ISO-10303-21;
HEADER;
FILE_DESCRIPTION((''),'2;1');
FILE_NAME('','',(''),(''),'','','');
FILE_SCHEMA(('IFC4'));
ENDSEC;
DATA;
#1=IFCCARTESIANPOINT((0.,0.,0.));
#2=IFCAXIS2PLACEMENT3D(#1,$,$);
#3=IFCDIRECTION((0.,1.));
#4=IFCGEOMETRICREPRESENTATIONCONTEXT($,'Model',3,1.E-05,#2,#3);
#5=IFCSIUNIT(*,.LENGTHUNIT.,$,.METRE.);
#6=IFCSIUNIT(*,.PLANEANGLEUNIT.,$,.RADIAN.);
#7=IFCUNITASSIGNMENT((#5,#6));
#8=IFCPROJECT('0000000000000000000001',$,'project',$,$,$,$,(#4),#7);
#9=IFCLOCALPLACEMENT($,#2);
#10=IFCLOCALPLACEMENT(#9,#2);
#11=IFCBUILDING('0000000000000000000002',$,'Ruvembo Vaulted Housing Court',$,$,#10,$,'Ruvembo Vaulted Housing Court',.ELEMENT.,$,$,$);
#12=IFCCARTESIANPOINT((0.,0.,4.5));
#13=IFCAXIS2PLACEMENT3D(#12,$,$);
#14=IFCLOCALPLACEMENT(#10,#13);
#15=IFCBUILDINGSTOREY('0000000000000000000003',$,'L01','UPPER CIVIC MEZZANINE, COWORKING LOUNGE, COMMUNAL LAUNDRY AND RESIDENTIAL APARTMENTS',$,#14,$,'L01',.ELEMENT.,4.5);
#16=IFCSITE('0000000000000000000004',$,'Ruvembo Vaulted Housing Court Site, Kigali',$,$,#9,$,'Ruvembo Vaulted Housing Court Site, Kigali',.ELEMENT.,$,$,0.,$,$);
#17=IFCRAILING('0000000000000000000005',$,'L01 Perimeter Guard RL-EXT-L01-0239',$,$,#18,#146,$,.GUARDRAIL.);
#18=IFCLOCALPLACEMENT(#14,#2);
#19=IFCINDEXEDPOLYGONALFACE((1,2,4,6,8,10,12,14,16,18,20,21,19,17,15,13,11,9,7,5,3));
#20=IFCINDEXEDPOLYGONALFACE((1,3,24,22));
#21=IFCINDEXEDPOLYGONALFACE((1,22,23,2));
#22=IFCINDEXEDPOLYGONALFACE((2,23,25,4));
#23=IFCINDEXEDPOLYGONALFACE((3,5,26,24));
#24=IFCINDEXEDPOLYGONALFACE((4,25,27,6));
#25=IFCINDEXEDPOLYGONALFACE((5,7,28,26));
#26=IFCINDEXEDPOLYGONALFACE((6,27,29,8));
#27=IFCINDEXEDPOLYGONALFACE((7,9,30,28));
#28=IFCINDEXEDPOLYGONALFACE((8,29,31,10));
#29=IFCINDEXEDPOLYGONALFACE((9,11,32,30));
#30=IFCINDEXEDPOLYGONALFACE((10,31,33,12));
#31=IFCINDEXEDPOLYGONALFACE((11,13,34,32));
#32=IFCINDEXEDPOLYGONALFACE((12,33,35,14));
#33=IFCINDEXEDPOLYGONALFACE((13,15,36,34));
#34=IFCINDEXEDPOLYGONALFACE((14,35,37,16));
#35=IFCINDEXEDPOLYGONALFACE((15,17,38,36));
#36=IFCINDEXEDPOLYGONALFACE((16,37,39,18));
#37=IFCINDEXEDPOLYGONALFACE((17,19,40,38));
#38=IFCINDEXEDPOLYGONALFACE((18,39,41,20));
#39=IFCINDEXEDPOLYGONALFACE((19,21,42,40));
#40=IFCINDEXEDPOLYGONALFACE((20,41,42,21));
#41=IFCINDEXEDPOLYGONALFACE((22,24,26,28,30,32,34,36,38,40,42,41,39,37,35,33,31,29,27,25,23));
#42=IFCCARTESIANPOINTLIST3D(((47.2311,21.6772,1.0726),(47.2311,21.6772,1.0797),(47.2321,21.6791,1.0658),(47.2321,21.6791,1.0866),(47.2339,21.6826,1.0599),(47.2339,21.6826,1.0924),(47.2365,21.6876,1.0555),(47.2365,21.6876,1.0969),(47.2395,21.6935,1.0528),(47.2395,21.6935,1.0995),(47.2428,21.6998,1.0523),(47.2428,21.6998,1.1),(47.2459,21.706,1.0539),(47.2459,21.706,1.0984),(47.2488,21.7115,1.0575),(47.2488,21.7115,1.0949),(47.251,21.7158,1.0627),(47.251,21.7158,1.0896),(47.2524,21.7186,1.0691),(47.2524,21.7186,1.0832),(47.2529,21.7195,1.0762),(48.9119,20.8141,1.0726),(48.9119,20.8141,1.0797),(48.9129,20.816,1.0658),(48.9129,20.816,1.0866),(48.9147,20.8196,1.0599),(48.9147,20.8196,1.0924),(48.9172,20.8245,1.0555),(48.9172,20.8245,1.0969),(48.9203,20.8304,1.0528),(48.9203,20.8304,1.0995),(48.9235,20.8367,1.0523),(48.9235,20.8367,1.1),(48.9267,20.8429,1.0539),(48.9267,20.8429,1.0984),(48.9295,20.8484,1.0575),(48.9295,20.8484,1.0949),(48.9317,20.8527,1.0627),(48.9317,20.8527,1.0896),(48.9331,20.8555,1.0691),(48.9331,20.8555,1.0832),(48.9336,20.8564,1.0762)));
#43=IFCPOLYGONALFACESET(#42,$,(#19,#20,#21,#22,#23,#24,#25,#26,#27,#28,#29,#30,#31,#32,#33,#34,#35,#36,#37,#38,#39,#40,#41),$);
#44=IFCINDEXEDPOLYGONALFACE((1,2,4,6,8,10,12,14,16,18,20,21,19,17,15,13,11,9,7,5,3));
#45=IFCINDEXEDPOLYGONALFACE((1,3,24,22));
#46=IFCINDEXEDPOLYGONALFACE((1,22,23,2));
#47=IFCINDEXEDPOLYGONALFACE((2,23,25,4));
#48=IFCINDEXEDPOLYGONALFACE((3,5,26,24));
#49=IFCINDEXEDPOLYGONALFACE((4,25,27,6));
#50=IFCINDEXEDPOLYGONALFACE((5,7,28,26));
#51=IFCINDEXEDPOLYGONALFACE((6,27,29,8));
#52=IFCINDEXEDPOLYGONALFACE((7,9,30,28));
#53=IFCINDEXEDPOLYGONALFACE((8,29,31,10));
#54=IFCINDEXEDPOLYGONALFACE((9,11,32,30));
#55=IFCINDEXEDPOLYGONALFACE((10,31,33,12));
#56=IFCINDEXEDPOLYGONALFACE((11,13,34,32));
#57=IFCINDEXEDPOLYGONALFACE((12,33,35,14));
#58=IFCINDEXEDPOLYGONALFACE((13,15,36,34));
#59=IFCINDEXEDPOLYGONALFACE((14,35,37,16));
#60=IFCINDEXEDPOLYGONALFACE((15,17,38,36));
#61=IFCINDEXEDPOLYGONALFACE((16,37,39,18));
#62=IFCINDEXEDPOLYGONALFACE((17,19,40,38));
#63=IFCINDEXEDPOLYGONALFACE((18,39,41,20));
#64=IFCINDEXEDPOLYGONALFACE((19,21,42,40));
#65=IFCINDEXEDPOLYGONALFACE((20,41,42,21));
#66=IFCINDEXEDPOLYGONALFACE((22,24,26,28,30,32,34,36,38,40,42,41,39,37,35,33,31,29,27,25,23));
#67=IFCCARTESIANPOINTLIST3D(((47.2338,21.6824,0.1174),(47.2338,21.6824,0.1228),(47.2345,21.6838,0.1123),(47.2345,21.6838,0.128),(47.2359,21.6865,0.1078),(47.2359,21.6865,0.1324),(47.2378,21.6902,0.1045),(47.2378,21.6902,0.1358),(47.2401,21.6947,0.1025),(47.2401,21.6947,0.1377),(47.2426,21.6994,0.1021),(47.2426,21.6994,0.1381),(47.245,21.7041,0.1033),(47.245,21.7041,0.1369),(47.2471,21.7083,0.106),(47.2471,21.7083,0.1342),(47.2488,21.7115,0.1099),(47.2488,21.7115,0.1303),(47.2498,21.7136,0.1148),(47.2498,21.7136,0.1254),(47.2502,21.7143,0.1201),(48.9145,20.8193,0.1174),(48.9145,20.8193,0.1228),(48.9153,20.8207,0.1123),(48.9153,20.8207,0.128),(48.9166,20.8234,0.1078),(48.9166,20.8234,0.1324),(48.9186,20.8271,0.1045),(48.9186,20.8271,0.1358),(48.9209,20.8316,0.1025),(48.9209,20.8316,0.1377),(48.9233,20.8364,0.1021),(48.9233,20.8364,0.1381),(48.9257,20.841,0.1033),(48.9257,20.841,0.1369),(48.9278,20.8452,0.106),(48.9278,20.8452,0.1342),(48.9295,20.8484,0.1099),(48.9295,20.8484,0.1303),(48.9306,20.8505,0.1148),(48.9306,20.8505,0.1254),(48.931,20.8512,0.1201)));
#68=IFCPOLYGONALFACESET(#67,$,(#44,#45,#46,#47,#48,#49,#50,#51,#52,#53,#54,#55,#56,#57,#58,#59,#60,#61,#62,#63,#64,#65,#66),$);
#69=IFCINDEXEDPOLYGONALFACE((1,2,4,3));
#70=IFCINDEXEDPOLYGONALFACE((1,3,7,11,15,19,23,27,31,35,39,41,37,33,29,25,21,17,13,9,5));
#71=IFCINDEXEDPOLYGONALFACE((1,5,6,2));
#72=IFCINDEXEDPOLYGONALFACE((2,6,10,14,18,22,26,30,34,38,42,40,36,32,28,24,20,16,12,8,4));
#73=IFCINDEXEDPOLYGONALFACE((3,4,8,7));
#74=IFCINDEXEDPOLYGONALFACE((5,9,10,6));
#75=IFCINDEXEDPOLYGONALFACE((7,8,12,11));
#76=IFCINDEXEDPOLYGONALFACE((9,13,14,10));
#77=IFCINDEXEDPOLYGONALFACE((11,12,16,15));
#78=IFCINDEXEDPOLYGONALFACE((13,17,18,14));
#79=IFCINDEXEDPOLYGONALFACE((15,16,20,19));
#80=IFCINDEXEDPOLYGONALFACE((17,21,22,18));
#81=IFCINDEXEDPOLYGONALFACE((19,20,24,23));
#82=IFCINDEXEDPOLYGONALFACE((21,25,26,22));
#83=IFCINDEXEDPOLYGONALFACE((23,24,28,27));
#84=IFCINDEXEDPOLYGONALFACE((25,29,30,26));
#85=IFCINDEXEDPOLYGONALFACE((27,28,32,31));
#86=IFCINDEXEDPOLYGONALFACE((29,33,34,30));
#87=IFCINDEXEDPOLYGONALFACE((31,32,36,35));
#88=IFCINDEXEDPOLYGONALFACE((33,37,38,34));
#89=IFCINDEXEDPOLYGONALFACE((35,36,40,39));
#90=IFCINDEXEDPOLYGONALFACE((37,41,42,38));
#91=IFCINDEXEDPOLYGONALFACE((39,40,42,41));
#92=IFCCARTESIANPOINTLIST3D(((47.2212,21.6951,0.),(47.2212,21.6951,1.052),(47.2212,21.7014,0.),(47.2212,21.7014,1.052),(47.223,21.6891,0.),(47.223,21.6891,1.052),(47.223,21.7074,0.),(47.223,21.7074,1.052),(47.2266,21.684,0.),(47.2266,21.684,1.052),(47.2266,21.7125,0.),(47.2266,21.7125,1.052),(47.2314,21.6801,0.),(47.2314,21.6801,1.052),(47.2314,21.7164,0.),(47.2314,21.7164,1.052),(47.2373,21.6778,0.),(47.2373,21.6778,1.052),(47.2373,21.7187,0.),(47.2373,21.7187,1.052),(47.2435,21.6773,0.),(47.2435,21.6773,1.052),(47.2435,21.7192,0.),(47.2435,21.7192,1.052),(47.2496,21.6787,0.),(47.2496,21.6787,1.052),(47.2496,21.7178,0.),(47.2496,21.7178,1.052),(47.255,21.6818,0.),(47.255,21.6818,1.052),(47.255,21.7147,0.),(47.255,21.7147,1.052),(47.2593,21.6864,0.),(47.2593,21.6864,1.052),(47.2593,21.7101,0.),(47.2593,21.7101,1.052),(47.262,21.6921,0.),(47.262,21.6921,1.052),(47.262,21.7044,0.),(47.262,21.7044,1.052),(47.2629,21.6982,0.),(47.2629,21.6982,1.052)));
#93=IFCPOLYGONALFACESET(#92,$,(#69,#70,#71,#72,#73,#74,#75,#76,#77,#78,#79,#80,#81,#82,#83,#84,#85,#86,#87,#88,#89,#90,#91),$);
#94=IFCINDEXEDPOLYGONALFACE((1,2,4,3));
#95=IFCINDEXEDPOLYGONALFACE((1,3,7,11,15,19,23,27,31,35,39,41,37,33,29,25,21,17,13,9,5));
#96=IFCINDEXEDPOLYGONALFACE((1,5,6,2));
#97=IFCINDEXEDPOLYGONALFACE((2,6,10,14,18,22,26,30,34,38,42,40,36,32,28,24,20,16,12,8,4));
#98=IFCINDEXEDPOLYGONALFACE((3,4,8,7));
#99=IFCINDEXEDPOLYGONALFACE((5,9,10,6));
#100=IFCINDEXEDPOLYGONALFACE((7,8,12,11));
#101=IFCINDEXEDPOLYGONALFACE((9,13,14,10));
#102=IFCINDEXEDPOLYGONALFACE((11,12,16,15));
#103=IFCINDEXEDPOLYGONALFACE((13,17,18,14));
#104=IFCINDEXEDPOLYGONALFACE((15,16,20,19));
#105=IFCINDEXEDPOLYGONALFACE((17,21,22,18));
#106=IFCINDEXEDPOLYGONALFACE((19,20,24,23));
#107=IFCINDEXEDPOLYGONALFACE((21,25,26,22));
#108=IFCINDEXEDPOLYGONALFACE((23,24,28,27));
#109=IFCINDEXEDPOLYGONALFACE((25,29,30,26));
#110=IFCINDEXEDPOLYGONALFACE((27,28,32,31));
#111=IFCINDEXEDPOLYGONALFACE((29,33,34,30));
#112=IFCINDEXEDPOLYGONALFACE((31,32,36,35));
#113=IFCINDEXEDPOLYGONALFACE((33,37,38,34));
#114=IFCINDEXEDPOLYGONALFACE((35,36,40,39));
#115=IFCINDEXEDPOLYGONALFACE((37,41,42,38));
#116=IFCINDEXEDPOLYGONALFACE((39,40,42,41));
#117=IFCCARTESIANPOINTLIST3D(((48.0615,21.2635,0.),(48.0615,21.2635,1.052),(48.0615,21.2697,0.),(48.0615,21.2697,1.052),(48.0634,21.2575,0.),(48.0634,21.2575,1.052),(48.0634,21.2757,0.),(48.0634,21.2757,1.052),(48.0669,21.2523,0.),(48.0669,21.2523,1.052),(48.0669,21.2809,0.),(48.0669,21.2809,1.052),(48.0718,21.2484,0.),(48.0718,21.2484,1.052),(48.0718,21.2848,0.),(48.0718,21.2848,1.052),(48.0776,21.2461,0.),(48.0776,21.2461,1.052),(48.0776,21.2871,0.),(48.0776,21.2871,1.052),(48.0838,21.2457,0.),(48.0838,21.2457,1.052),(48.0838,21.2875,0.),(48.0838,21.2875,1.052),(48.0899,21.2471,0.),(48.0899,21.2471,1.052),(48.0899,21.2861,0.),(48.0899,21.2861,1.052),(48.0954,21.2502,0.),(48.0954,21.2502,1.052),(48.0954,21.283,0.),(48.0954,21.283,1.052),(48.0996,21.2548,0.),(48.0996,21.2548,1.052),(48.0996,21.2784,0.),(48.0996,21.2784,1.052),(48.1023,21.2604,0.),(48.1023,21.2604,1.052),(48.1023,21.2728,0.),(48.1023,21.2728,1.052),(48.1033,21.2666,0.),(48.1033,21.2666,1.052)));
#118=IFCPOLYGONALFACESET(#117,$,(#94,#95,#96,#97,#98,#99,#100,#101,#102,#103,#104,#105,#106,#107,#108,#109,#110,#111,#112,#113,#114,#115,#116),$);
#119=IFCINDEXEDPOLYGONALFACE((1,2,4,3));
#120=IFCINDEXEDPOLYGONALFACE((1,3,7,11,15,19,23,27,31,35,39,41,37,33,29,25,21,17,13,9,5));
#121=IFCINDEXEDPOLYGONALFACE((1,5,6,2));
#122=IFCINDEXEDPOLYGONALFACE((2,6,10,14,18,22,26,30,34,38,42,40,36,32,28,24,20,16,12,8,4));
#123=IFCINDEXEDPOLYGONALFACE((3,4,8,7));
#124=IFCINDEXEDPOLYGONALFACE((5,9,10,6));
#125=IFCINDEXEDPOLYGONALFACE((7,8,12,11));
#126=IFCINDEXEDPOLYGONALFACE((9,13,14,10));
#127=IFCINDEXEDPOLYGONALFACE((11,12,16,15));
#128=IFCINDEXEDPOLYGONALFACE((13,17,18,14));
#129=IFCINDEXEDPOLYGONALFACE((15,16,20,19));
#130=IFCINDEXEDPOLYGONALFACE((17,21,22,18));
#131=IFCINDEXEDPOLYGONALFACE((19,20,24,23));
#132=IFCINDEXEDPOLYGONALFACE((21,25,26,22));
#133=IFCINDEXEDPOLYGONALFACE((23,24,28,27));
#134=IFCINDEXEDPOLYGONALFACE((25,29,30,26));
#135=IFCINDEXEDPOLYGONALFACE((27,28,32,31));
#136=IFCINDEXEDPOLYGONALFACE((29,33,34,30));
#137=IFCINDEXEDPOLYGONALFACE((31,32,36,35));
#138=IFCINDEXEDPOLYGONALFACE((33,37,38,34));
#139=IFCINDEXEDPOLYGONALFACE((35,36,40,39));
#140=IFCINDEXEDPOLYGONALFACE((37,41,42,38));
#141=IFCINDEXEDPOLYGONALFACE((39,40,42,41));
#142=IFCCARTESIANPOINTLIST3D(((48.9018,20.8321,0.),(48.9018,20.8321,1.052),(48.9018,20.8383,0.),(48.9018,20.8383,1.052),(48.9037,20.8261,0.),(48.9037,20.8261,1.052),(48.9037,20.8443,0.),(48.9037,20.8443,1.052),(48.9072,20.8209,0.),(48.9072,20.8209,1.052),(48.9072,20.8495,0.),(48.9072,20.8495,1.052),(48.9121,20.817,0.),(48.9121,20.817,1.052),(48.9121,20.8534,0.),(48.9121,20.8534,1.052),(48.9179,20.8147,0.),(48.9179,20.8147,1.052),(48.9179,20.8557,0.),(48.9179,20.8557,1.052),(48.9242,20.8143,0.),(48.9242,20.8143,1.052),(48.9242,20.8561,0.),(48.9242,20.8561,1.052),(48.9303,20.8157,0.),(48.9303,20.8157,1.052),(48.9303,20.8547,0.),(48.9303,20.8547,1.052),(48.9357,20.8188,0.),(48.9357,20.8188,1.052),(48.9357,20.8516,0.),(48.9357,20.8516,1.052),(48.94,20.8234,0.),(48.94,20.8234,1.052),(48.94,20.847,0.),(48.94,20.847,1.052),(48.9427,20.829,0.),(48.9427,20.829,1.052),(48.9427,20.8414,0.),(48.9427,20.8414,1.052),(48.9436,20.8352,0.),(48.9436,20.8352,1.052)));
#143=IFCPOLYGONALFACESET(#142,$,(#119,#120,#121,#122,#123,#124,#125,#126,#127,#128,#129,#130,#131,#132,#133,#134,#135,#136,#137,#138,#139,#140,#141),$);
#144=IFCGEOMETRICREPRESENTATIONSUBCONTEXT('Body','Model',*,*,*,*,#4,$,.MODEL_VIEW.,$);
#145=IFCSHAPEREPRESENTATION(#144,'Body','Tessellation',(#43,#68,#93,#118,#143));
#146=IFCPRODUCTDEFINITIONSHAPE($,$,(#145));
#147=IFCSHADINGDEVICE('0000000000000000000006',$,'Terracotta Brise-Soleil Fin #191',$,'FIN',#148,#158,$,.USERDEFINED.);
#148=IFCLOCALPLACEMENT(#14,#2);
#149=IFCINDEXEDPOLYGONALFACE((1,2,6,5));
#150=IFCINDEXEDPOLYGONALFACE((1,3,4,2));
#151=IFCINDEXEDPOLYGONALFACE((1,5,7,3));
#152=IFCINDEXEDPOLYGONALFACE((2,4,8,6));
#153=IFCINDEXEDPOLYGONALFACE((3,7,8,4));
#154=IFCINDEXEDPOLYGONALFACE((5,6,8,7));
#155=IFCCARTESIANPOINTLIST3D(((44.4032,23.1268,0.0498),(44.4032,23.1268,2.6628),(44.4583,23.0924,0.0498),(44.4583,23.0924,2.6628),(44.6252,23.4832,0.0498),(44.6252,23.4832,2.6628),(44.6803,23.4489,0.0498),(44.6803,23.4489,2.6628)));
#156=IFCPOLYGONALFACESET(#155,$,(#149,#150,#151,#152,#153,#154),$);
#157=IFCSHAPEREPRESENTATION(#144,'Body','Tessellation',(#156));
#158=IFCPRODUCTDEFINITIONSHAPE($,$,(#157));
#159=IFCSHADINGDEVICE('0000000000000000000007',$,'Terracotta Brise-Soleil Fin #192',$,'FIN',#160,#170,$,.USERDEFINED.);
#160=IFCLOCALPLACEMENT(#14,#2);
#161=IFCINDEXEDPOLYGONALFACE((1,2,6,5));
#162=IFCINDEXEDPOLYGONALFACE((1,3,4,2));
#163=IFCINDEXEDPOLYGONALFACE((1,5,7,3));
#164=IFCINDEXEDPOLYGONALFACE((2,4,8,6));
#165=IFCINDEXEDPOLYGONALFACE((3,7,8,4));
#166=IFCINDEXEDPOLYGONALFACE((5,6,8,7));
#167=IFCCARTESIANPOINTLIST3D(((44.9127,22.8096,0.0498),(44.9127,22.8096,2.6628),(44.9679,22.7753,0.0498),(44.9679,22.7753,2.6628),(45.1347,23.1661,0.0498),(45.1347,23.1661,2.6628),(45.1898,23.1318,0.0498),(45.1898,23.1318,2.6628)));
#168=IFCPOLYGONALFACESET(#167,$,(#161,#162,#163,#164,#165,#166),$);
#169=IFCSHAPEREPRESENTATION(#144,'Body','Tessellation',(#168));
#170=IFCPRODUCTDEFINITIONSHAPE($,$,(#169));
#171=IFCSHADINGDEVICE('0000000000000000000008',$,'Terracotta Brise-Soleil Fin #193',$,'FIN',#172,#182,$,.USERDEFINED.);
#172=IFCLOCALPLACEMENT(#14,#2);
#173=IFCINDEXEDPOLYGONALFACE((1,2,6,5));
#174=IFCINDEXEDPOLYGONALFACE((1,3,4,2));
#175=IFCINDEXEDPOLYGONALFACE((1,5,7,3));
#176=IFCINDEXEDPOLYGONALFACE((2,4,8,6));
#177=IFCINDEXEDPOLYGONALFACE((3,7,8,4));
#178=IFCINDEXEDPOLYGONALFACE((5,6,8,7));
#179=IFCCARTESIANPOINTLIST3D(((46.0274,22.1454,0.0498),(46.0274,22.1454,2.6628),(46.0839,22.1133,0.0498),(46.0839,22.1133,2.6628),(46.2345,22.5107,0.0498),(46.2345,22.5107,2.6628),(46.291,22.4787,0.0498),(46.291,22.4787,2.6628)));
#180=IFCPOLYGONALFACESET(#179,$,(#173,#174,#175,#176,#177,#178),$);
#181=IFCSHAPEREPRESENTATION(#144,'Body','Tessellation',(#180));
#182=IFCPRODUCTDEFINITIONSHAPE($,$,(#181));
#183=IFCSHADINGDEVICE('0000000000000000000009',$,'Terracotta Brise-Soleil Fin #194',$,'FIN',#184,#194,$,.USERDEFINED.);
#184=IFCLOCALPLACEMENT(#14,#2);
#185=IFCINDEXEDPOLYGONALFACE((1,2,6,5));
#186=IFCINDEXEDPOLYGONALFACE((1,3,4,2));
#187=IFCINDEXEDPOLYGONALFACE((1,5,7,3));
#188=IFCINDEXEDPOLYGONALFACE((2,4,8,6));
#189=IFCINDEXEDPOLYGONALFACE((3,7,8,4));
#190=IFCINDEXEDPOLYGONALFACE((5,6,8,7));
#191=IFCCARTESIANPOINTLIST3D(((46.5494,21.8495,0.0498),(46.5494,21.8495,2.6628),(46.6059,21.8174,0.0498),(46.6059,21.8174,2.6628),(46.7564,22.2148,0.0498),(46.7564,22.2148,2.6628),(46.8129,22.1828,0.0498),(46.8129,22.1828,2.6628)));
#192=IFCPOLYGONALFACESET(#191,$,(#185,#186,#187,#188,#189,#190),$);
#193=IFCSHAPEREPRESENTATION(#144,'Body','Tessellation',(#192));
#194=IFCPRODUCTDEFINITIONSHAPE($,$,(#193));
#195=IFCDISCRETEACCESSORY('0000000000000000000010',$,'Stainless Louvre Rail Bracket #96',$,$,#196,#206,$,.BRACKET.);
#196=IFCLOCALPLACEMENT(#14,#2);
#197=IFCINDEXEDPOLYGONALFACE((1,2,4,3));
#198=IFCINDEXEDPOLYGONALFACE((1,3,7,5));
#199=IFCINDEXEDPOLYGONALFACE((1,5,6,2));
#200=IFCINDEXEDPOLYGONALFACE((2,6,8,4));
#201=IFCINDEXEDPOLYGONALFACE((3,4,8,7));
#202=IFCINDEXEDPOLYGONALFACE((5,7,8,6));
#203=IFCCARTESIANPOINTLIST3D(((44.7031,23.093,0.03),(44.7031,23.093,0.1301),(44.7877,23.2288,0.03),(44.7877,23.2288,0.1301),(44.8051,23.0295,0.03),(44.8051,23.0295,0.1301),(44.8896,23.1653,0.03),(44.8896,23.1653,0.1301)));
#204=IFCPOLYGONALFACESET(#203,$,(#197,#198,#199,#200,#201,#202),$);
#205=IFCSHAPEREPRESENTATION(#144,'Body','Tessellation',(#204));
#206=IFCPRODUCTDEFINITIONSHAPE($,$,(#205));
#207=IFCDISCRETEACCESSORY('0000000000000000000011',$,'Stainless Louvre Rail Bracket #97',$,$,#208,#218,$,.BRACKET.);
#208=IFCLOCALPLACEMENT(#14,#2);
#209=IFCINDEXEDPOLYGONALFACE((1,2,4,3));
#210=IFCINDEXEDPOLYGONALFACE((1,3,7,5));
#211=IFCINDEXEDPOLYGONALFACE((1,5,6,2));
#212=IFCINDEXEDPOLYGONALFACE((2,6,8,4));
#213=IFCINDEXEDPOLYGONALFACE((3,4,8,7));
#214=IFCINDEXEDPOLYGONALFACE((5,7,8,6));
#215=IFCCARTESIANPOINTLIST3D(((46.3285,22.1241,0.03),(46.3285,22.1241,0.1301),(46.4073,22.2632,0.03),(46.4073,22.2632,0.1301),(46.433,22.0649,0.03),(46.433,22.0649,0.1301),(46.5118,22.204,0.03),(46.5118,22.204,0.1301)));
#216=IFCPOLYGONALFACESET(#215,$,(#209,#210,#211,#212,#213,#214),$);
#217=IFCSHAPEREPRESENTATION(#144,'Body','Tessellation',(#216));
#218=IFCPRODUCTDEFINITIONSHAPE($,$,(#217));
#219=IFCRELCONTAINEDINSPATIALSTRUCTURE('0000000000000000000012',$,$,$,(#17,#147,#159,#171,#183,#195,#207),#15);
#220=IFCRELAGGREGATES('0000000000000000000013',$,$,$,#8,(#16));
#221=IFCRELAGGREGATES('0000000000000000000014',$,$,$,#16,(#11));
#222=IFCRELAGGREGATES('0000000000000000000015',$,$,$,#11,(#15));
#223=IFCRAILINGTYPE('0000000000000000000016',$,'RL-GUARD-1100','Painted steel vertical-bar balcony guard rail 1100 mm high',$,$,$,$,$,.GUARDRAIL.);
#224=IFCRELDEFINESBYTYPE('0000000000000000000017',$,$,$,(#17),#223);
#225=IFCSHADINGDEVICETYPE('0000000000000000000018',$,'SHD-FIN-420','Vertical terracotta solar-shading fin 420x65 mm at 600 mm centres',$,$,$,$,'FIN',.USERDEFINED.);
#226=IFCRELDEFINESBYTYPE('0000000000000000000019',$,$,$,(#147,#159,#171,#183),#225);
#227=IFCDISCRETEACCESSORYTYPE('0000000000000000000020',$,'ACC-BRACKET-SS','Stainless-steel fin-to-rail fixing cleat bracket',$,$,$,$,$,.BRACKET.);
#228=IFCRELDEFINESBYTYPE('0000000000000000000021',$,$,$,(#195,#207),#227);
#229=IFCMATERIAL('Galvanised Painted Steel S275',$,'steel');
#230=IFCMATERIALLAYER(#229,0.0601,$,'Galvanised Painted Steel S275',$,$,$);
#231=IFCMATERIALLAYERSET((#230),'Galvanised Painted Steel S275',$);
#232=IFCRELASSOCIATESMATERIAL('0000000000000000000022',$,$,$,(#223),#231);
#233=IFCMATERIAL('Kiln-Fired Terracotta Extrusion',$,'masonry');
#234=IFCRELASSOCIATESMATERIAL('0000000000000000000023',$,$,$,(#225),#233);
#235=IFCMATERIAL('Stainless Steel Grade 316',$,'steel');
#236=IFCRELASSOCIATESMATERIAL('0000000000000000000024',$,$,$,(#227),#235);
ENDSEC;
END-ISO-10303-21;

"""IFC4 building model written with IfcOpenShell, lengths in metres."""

from ifc_helpers import new_model, si_unit, direction, frame, origin, origin_2d, place, context, subcontext, project, spatial, rectangle, circle, extrude, material, layer, layer_set, type_object, element, save


model = new_model("IFC4")

# Units and contexts
model_context = context("Model", 3, precision=1e-05, world=origin(), true_north=direction((0.0, 1.0)))
body_context = subcontext(model_context, "Body", "Model", "MODEL_VIEW")
ifc_project = project(units=[si_unit("LENGTHUNIT", "METRE"), si_unit("PLANEANGLEUNIT", "RADIAN")], contexts=[model_context])

# Site, building, storey
site_placement = place(None, origin())
site = spatial("IfcSite", under=ifc_project, at=site_placement, Name="Ruvembo Vaulted Housing Court Site, Kigali", LongName="Ruvembo Vaulted Housing Court Site, Kigali", CompositionType="ELEMENT", RefElevation=0.0)
building_placement = place(site_placement, origin())
building = spatial("IfcBuilding", under=site, at=building_placement, Name="Ruvembo Vaulted Housing Court", LongName="Ruvembo Vaulted Housing Court", CompositionType="ELEMENT")
storey_placement = place(building_placement, frame((0.0, 0.0, 4.5)))
storey = spatial("IfcBuildingStorey", under=building, at=storey_placement, Name="L01", Description="UPPER CIVIC MEZZANINE, COWORKING LOUNGE, COMMUNAL LAUNDRY AND RESIDENTIAL APARTMENTS", LongName="L01", CompositionType="ELEMENT", Elevation=4.5)

# Railing
ifc_material_1 = material(Name="Galvanised Painted Steel S275", Category="steel")
ifc_layer_1 = layer(ifc_material_1, 0.0601, Name="Galvanised Painted Steel S275")
ifc_layer_set_1 = layer_set([ifc_layer_1], Name="Galvanised Painted Steel S275")
railing_type = type_object("IfcRailingType", Name="RL-GUARD-1100", Description="Painted steel vertical-bar balcony guard rail 1100 mm high", PredefinedType="GUARDRAIL", material=ifc_layer_set_1)
railing_1_placement = place(storey_placement, frame((47.2419, 21.6982, 0.0)))
element("IfcRailing", 1, at=railing_1_placement, inside=storey, type_object=railing_type, Name="L01 Perimeter Guard RL-EXT-L01-0239", PredefinedType="GUARDRAIL", context=body_context, shape_type="SweptSolid", body=[
    extrude(circle(Radius=0.0239, at=origin_2d()), frame((0.0, 0.0, 1.0762), z_axis=(0.889568, -0.456802, 0.0), x_axis=(0.456802, 0.889568, 0.0)), (0.0, 0.0, 1.0), 1.8894),
    extrude(circle(Radius=0.0181, at=origin_2d()), frame((0.0, 0.0, 0.1201), z_axis=(0.889568, -0.456802, 0.0), x_axis=(0.456802, 0.889568, 0.0)), (0.0, 0.0, 1.0), 1.8894),
    extrude(circle(Radius=0.021, at=origin_2d()), origin(), (0.0, 0.0, 1.0), 1.052),
    extrude(circle(Radius=0.021, at=origin_2d()), frame((0.8403, -0.4316, 0.0)), (0.0, 0.0, 1.0), 1.052),
    extrude(circle(Radius=0.021, at=origin_2d()), frame((1.6807, -0.863, 0.0)), (0.0, 0.0, 1.0), 1.052),
])

# Shading devices
ifc_material_2 = material(Name="Kiln-Fired Terracotta Extrusion", Category="masonry")
shading_device_type = type_object("IfcShadingDeviceType", Name="SHD-FIN-420", Description="Vertical terracotta solar-shading fin 420x65 mm at 600 mm centres", ElementType="FIN", PredefinedType="USERDEFINED", material=ifc_material_2)
for number, where, z_axis, x_axis, name in (
    (2, (44.5417, 23.2878, 0.0498), (0.0, 0.0, 1.0), (-0.528557, -0.848898, 0.0), "Terracotta Brise-Soleil Fin #191"),
    (3, (45.0513, 22.9707, 0.0498), (0.0, 0.0, 1.0), (-0.528557, -0.848898, 0.0), "Terracotta Brise-Soleil Fin #192"),
    (4, (46.1592, 22.312, 0.0498), (0.0, 0.0, 1.0), (-0.493107, -0.869969, 0.0), "Terracotta Brise-Soleil Fin #193"),
    (5, (46.6812, 22.0161, 0.0498), (0.0, 0.0, 1.0), (-0.493107, -0.869969, 0.0), "Terracotta Brise-Soleil Fin #194"),
):
    element("IfcShadingDevice", number, at=place(storey_placement, frame(where, z_axis=z_axis, x_axis=x_axis)), inside=storey, type_object=shading_device_type, Name=name, ObjectType="FIN", PredefinedType="USERDEFINED", context=body_context, shape_type="SweptSolid", body=[
        extrude(rectangle(XDim=0.4199, YDim=0.0649, at=origin_2d()), origin(), (0.0, 0.0, 1.0), 2.613),
    ])

# Discrete accessories
ifc_material_3 = material(Name="Stainless Steel Grade 316", Category="steel")
discrete_accessory_type = type_object("IfcDiscreteAccessoryType", Name="ACC-BRACKET-SS", Description="Stainless-steel fin-to-rail fixing cleat bracket", PredefinedType="BRACKET", material=ifc_material_3)
for number, where, z_axis, x_axis, name in (
    (6, (44.7964, 23.1292, 0.03), (0.0, 0.0, 1.0), (-0.528557, -0.848898, 0.0), "Stainless Louvre Rail Bracket #96"),
    (7, (46.4202, 22.1641, 0.03), (0.0, 0.0, 1.0), (-0.493107, -0.869969, 0.0), "Stainless Louvre Rail Bracket #97"),
):
    element("IfcDiscreteAccessory", number, at=place(storey_placement, frame(where, z_axis=z_axis, x_axis=x_axis)), inside=storey, type_object=discrete_accessory_type, Name=name, PredefinedType="BRACKET", context=body_context, shape_type="SweptSolid", body=[
        extrude(rectangle(XDim=0.1599, YDim=0.1201, at=origin_2d()), origin(), (0.0, 0.0, 1.0), 0.1001),
    ])

save(model, "model.ifc")
